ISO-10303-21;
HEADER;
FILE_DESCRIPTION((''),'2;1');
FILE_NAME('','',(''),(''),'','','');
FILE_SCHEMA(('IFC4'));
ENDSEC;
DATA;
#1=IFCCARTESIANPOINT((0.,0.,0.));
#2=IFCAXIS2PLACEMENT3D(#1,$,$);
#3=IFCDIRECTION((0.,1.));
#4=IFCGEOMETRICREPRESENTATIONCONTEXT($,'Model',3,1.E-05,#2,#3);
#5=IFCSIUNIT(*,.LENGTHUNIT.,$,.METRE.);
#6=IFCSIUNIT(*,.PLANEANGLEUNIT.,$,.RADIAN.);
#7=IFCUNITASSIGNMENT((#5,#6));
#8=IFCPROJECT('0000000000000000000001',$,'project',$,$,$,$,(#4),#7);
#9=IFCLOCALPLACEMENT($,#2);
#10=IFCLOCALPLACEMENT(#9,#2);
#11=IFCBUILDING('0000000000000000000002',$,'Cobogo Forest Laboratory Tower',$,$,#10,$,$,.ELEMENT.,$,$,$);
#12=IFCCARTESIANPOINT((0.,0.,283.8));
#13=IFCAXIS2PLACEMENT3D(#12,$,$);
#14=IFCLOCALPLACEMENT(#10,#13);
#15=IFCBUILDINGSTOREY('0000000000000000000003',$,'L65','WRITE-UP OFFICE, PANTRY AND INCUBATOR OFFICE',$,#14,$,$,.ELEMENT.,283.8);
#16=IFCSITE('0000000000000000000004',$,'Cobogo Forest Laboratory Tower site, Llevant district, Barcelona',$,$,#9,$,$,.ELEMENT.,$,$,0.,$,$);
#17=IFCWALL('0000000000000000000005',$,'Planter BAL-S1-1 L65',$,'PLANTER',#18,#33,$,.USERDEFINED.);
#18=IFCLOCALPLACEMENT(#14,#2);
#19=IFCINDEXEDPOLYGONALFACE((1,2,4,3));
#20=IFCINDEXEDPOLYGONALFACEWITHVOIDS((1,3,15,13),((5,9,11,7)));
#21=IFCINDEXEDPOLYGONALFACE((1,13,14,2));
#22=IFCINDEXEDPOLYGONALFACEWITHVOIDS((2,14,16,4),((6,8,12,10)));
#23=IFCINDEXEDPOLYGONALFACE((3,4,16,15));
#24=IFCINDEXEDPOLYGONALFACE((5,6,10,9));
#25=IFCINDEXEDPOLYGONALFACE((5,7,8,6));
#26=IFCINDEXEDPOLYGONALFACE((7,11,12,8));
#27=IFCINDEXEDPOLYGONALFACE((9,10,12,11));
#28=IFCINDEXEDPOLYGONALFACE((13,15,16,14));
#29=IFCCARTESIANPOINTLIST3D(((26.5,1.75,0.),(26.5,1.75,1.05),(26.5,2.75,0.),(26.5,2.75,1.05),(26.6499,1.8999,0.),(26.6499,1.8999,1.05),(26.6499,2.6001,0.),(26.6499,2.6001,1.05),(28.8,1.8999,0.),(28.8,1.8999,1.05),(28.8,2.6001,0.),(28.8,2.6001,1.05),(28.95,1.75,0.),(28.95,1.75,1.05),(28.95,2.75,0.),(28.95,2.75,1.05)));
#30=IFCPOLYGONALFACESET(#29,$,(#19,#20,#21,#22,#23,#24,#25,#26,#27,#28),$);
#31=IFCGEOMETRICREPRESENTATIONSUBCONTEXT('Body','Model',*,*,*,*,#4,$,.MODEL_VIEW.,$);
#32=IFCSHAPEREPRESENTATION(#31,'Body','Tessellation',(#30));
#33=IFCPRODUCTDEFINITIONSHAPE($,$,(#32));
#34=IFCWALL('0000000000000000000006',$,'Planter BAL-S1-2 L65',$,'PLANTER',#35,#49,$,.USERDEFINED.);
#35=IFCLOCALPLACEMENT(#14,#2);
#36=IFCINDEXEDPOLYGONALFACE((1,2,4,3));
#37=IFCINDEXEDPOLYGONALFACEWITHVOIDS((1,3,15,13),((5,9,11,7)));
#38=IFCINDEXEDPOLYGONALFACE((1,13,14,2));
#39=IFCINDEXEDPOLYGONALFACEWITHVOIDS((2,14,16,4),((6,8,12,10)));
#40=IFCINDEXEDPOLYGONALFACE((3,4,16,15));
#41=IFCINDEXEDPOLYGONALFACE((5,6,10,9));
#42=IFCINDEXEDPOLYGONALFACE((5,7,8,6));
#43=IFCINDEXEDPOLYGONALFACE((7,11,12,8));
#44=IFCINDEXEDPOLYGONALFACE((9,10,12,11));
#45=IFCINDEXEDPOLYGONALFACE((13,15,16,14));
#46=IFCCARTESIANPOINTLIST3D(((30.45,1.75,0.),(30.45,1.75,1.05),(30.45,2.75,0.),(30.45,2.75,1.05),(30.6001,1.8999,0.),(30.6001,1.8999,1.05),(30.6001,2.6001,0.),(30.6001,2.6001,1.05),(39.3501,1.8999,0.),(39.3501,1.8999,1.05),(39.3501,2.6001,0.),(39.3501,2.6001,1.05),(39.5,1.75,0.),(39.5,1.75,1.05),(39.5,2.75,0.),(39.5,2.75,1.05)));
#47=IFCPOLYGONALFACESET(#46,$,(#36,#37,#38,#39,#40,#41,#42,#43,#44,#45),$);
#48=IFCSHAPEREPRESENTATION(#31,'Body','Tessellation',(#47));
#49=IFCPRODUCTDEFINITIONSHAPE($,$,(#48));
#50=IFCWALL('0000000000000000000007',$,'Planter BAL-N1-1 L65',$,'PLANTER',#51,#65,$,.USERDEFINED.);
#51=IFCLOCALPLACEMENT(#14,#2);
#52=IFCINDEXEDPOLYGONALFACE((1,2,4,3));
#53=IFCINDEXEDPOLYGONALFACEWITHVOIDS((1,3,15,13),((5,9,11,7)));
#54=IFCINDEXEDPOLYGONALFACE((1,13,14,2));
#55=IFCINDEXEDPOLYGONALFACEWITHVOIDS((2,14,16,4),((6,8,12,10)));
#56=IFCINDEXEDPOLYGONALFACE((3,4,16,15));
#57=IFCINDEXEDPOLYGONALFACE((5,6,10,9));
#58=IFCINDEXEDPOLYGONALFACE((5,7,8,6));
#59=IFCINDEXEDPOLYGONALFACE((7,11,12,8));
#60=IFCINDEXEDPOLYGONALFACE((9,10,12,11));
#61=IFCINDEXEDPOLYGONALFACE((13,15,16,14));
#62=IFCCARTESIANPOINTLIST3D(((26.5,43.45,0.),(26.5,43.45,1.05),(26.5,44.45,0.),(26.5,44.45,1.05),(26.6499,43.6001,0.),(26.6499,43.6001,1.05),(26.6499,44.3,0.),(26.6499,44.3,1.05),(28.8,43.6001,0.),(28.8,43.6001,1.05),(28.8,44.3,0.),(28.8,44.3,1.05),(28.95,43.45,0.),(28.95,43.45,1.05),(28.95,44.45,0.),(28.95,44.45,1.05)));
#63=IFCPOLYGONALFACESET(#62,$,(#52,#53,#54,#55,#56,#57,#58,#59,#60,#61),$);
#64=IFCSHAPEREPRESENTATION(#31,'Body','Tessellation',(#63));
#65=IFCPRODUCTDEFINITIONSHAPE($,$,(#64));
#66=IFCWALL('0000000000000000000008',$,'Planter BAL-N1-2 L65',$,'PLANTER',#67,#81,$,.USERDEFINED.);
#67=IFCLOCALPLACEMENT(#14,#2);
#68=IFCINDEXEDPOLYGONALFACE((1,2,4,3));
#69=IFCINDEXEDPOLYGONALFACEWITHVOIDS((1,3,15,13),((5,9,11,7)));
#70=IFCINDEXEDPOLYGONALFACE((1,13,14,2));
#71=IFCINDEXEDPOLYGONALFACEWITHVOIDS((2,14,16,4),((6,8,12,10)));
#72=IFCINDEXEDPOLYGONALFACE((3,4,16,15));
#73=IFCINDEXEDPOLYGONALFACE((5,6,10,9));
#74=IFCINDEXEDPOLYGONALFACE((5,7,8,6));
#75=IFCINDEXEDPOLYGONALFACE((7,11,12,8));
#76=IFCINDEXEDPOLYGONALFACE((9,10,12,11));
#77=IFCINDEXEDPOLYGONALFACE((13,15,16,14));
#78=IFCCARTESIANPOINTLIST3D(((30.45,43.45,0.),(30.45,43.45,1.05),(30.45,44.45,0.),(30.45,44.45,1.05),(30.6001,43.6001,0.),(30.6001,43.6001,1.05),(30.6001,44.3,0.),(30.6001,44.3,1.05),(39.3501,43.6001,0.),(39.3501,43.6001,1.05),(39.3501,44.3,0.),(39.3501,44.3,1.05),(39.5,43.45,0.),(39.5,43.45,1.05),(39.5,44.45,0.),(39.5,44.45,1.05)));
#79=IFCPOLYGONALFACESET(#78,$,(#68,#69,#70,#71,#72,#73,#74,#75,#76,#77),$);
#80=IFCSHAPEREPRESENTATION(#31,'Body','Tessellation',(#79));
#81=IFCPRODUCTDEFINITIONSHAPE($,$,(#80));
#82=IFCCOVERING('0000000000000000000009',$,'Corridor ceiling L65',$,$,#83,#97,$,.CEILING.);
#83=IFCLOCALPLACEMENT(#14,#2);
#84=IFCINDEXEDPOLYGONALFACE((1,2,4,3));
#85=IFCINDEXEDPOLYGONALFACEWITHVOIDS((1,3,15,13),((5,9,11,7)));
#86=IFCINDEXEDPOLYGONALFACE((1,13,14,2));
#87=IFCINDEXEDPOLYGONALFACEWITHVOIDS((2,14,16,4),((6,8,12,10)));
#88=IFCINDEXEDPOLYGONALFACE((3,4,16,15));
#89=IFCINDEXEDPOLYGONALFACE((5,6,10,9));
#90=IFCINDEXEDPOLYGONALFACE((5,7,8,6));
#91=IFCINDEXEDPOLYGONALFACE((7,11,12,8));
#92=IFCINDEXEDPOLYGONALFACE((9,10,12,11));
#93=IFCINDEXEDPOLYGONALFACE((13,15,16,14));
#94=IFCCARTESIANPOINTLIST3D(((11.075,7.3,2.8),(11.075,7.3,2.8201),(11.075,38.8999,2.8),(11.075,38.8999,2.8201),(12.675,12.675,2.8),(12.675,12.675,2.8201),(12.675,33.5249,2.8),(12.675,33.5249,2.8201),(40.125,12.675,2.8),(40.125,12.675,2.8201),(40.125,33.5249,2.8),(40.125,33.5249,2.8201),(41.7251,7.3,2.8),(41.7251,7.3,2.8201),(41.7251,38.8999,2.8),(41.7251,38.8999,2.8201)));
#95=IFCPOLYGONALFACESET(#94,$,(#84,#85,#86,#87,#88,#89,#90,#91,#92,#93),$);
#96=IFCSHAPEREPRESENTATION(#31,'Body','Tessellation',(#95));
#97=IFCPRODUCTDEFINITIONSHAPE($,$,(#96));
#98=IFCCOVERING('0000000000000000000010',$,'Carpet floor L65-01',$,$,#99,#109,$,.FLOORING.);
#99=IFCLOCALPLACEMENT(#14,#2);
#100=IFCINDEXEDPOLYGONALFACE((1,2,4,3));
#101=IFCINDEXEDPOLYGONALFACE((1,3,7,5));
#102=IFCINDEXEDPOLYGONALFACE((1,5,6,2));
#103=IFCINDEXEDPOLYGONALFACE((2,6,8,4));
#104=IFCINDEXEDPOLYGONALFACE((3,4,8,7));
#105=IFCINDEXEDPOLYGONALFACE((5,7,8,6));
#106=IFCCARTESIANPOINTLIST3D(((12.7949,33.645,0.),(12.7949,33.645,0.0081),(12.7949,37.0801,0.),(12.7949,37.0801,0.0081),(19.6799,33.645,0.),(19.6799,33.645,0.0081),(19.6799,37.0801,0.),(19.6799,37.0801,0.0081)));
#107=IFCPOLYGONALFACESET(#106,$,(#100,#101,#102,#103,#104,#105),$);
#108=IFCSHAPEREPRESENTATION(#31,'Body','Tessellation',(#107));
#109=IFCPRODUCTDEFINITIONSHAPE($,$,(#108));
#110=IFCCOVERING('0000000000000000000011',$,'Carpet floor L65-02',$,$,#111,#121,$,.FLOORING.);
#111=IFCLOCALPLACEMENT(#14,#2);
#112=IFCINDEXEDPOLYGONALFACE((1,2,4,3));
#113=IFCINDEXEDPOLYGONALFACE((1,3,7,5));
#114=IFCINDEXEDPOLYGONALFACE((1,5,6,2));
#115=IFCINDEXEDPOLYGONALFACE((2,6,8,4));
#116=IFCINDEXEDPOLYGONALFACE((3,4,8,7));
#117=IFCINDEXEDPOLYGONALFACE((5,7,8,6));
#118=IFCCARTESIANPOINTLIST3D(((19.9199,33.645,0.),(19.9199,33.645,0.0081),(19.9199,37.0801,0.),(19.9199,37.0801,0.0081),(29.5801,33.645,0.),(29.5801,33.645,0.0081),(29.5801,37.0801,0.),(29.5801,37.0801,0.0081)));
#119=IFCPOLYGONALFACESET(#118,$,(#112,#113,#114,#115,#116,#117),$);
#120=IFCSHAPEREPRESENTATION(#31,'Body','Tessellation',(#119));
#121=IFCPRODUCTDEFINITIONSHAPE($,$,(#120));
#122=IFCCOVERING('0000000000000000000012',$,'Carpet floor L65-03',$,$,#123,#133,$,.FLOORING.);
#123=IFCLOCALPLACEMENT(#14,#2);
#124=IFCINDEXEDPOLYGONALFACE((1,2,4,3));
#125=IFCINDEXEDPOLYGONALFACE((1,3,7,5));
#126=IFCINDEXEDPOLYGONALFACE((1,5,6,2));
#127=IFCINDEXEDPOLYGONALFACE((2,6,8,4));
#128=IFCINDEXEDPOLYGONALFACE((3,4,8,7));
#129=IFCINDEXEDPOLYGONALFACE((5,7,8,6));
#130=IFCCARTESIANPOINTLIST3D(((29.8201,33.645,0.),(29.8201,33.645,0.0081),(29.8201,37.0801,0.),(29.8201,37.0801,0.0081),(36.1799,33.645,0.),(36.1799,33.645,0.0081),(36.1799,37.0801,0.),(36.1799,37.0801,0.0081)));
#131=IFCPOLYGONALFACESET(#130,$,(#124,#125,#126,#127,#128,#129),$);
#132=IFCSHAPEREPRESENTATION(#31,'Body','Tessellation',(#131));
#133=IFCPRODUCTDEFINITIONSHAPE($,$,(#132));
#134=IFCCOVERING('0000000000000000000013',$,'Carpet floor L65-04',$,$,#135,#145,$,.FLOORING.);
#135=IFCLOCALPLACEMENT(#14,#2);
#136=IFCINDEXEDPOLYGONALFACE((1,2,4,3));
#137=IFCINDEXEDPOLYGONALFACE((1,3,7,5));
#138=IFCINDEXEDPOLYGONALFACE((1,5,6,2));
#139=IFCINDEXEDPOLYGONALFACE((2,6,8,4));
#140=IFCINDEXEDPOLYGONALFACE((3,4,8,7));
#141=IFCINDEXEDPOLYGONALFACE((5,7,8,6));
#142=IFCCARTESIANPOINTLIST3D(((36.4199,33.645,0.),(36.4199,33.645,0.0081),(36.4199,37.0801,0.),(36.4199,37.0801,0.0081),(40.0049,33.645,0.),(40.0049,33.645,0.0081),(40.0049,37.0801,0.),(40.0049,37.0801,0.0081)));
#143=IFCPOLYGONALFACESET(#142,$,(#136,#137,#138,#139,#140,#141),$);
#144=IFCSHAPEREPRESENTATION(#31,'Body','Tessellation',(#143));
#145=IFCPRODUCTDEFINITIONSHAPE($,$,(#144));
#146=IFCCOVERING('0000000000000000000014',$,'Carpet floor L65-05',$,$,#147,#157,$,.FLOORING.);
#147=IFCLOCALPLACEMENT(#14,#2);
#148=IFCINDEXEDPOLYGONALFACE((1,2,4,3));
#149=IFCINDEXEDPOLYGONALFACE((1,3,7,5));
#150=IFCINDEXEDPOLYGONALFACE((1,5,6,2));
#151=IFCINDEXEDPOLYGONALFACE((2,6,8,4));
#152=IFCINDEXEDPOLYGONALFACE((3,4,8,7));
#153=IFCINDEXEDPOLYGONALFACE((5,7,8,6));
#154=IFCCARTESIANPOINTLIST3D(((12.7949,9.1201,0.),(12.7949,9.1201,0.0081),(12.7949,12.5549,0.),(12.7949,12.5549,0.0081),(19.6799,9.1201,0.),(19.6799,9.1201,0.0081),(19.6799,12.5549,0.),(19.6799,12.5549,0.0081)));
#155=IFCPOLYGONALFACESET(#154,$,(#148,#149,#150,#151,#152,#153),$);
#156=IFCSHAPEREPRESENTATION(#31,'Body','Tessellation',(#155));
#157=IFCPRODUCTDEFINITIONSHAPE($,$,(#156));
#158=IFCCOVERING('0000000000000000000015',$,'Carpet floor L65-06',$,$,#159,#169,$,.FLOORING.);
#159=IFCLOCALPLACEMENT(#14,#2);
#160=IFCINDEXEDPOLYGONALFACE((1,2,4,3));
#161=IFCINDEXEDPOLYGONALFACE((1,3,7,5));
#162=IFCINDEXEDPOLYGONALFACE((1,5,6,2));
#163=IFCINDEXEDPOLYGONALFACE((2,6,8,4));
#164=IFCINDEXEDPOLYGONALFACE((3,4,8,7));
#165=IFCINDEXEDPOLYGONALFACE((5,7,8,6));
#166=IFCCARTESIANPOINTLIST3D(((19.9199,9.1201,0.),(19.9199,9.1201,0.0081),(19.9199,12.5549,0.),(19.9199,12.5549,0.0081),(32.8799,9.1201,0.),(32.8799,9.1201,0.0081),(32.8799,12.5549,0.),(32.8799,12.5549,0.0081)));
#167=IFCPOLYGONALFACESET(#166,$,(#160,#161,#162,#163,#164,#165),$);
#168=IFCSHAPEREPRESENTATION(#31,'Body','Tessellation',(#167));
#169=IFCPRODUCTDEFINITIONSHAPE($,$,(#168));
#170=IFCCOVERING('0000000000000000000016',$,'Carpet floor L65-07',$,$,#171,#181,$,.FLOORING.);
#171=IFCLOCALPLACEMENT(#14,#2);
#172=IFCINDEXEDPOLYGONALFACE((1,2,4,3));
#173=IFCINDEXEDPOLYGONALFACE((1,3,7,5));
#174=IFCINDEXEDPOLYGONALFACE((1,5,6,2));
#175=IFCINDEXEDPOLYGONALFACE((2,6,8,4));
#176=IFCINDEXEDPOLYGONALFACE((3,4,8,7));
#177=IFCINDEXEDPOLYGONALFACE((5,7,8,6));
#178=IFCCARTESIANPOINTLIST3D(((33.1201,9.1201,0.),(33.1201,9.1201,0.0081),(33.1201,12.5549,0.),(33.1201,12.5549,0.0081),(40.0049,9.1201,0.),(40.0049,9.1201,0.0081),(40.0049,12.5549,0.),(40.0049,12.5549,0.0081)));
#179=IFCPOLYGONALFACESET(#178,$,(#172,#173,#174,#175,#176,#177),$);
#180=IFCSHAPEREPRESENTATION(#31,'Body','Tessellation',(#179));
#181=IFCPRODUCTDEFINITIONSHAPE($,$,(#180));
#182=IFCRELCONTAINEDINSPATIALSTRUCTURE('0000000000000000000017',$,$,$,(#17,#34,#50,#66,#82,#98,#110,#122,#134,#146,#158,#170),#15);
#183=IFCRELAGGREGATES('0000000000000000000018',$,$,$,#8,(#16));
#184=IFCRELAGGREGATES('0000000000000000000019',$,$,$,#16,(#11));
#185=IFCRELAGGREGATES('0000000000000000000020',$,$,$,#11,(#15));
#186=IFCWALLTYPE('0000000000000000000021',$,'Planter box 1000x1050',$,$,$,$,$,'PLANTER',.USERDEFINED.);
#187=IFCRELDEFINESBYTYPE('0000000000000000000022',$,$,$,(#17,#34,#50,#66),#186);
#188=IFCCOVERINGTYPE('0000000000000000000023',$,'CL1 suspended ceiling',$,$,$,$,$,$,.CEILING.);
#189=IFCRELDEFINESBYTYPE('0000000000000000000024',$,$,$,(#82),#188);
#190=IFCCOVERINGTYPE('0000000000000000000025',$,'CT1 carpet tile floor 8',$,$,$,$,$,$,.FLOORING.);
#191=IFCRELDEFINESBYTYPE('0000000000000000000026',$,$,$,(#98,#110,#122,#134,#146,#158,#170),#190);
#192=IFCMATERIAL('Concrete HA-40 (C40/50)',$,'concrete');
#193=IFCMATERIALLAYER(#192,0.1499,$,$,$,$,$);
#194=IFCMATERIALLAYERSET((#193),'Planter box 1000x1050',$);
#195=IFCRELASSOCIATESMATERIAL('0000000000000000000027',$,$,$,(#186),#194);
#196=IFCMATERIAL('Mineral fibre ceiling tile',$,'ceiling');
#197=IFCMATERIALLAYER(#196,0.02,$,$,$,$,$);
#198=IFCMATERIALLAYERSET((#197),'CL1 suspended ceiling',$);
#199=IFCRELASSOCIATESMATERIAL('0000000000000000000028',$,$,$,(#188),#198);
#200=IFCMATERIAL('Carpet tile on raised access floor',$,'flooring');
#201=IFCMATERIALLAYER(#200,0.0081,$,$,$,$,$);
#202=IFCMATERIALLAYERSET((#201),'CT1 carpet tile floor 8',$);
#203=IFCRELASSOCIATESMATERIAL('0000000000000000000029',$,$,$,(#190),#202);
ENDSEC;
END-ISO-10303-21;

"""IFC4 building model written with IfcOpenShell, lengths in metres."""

from ifc_helpers import new_model, si_unit, direction, frame, origin, place, context, subcontext, project, spatial, polyline, outline, extrude, material, layer, layer_set, type_object, element, save


model = new_model("IFC4")

# Units and contexts
model_context = context("Model", 3, precision=1e-05, world=origin(), true_north=direction((0.0, 1.0)))
body_context = subcontext(model_context, "Body", "Model", "MODEL_VIEW")
ifc_project = project(units=[si_unit("LENGTHUNIT", "METRE"), si_unit("PLANEANGLEUNIT", "RADIAN")], contexts=[model_context])

# Site, building, storey
site_placement = place(None, origin())
site = spatial("IfcSite", under=ifc_project, at=site_placement, Name="Cobogo Forest Laboratory Tower site, Llevant district, Barcelona", CompositionType="ELEMENT", RefElevation=0.0)
building_placement = place(site_placement, origin())
building = spatial("IfcBuilding", under=site, at=building_placement, Name="Cobogo Forest Laboratory Tower", CompositionType="ELEMENT")
storey_placement = place(building_placement, frame((0.0, 0.0, 283.8)))
storey = spatial("IfcBuildingStorey", under=building, at=storey_placement, Name="L65", Description="WRITE-UP OFFICE, PANTRY AND INCUBATOR OFFICE", CompositionType="ELEMENT", Elevation=283.8)

# Shared definitions
ifc_material_1 = material(Name="Concrete HA-40 (C40/50)", Category="concrete")

# Walls
ifc_layer_1 = layer(ifc_material_1, 0.1499)
ifc_layer_set_1 = layer_set([ifc_layer_1], Name="Planter box 1000x1050")
wall_type = type_object("IfcWallType", Name="Planter box 1000x1050", ElementType="PLANTER", PredefinedType="USERDEFINED", material=ifc_layer_set_1)
wall_1_placement = place(storey_placement, origin())
element("IfcWall", 1, at=wall_1_placement, inside=storey, type_object=wall_type, Name="Planter BAL-S1-1 L65", ObjectType="PLANTER", PredefinedType="USERDEFINED", context=body_context, shape_type="SweptSolid", body=[
    extrude(outline(polyline([(26.5, 1.75), (28.95, 1.75), (28.95, 2.75), (26.5, 2.75), (26.5, 1.75)]), holes=[polyline([(26.6499, 1.8999), (28.8, 1.8999), (28.8, 2.6001), (26.6499, 2.6001), (26.6499, 1.8999)])]), origin(), (0.0, 0.0, 1.0), 1.05),
])
wall_2_placement = place(storey_placement, origin())
element("IfcWall", 2, at=wall_2_placement, inside=storey, type_object=wall_type, Name="Planter BAL-S1-2 L65", ObjectType="PLANTER", PredefinedType="USERDEFINED", context=body_context, shape_type="SweptSolid", body=[
    extrude(outline(polyline([(30.45, 1.75), (39.5, 1.75), (39.5, 2.75), (30.45, 2.75), (30.45, 1.75)]), holes=[polyline([(30.6001, 1.8999), (39.3501, 1.8999), (39.3501, 2.6001), (30.6001, 2.6001), (30.6001, 1.8999)])]), origin(), (0.0, 0.0, 1.0), 1.05),
])
wall_3_placement = place(storey_placement, origin())
element("IfcWall", 3, at=wall_3_placement, inside=storey, type_object=wall_type, Name="Planter BAL-N1-1 L65", ObjectType="PLANTER", PredefinedType="USERDEFINED", context=body_context, shape_type="SweptSolid", body=[
    extrude(outline(polyline([(26.5, 43.45), (28.95, 43.45), (28.95, 44.45), (26.5, 44.45), (26.5, 43.45)]), holes=[polyline([(26.6499, 43.6001), (28.8, 43.6001), (28.8, 44.3), (26.6499, 44.3), (26.6499, 43.6001)])]), origin(), (0.0, 0.0, 1.0), 1.05),
])
wall_4_placement = place(storey_placement, origin())
element("IfcWall", 4, at=wall_4_placement, inside=storey, type_object=wall_type, Name="Planter BAL-N1-2 L65", ObjectType="PLANTER", PredefinedType="USERDEFINED", context=body_context, shape_type="SweptSolid", body=[
    extrude(outline(polyline([(30.45, 43.45), (39.5, 43.45), (39.5, 44.45), (30.45, 44.45), (30.45, 43.45)]), holes=[polyline([(30.6001, 43.6001), (39.3501, 43.6001), (39.3501, 44.3), (30.6001, 44.3), (30.6001, 43.6001)])]), origin(), (0.0, 0.0, 1.0), 1.05),
])

# Coverings
ifc_material_2 = material(Name="Mineral fibre ceiling tile", Category="ceiling")
ifc_layer_2 = layer(ifc_material_2, 0.02)
ifc_layer_set_2 = layer_set([ifc_layer_2], Name="CL1 suspended ceiling")
covering_type_1 = type_object("IfcCoveringType", Name="CL1 suspended ceiling", PredefinedType="CEILING", material=ifc_layer_set_2)
covering_1_placement = place(storey_placement, frame((0.0, 0.0, 2.8)))
element("IfcCovering", 5, at=covering_1_placement, inside=storey, type_object=covering_type_1, Name="Corridor ceiling L65", PredefinedType="CEILING", context=body_context, shape_type="SweptSolid", body=[
    extrude(outline(polyline([(11.075, 7.3), (11.075, 38.8999), (41.7251, 38.8999), (41.7251, 7.3), (11.075, 7.3)]), holes=[polyline([(40.125, 33.5249), (12.675, 33.5249), (12.675, 12.675), (40.125, 12.675), (40.125, 33.5249)])]), origin(), (0.0, 0.0, 1.0), 0.02),
])
ifc_material_3 = material(Name="Carpet tile on raised access floor", Category="flooring")
ifc_layer_3 = layer(ifc_material_3, 0.0081)
ifc_layer_set_3 = layer_set([ifc_layer_3], Name="CT1 carpet tile floor 8")
covering_type_2 = type_object("IfcCoveringType", Name="CT1 carpet tile floor 8", PredefinedType="FLOORING", material=ifc_layer_set_3)
covering_2_placement = place(storey_placement, origin())
element("IfcCovering", 6, at=covering_2_placement, inside=storey, type_object=covering_type_2, Name="Carpet floor L65-01", PredefinedType="FLOORING", context=body_context, shape_type="SweptSolid", body=[
    extrude(outline(polyline([(19.6799, 33.645), (12.7949, 33.645), (12.7949, 37.0801), (19.6799, 37.0801), (19.6799, 33.645)])), origin(), (0.0, 0.0, 1.0), 0.0081),
])
covering_3_placement = place(storey_placement, origin())
element("IfcCovering", 7, at=covering_3_placement, inside=storey, type_object=covering_type_2, Name="Carpet floor L65-02", PredefinedType="FLOORING", context=body_context, shape_type="SweptSolid", body=[
    extrude(outline(polyline([(29.5801, 33.645), (19.9199, 33.645), (19.9199, 37.0801), (29.5801, 37.0801), (29.5801, 33.645)])), origin(), (0.0, 0.0, 1.0), 0.0081),
])
covering_4_placement = place(storey_placement, origin())
element("IfcCovering", 8, at=covering_4_placement, inside=storey, type_object=covering_type_2, Name="Carpet floor L65-03", PredefinedType="FLOORING", context=body_context, shape_type="SweptSolid", body=[
    extrude(outline(polyline([(36.1799, 33.645), (29.8201, 33.645), (29.8201, 37.0801), (36.1799, 37.0801), (36.1799, 33.645)])), origin(), (0.0, 0.0, 1.0), 0.0081),
])
covering_5_placement = place(storey_placement, origin())
element("IfcCovering", 9, at=covering_5_placement, inside=storey, type_object=covering_type_2, Name="Carpet floor L65-04", PredefinedType="FLOORING", context=body_context, shape_type="SweptSolid", body=[
    extrude(outline(polyline([(40.0049, 33.645), (36.4199, 33.645), (36.4199, 37.0801), (40.0049, 37.0801), (40.0049, 33.645)])), origin(), (0.0, 0.0, 1.0), 0.0081),
])
covering_6_placement = place(storey_placement, origin())
element("IfcCovering", 10, at=covering_6_placement, inside=storey, type_object=covering_type_2, Name="Carpet floor L65-05", PredefinedType="FLOORING", context=body_context, shape_type="SweptSolid", body=[
    extrude(outline(polyline([(19.6799, 9.1201), (12.7949, 9.1201), (12.7949, 12.5549), (19.6799, 12.5549), (19.6799, 9.1201)])), origin(), (0.0, 0.0, 1.0), 0.0081),
])
covering_7_placement = place(storey_placement, origin())
element("IfcCovering", 11, at=covering_7_placement, inside=storey, type_object=covering_type_2, Name="Carpet floor L65-06", PredefinedType="FLOORING", context=body_context, shape_type="SweptSolid", body=[
    extrude(outline(polyline([(32.8799, 9.1201), (19.9199, 9.1201), (19.9199, 12.5549), (32.8799, 12.5549), (32.8799, 9.1201)])), origin(), (0.0, 0.0, 1.0), 0.0081),
])
covering_8_placement = place(storey_placement, origin())
element("IfcCovering", 12, at=covering_8_placement, inside=storey, type_object=covering_type_2, Name="Carpet floor L65-07", PredefinedType="FLOORING", context=body_context, shape_type="SweptSolid", body=[
    extrude(outline(polyline([(40.0049, 9.1201), (33.1201, 9.1201), (33.1201, 12.5549), (40.0049, 12.5549), (40.0049, 9.1201)])), origin(), (0.0, 0.0, 1.0), 0.0081),
])

save(model, "model.ifc")
